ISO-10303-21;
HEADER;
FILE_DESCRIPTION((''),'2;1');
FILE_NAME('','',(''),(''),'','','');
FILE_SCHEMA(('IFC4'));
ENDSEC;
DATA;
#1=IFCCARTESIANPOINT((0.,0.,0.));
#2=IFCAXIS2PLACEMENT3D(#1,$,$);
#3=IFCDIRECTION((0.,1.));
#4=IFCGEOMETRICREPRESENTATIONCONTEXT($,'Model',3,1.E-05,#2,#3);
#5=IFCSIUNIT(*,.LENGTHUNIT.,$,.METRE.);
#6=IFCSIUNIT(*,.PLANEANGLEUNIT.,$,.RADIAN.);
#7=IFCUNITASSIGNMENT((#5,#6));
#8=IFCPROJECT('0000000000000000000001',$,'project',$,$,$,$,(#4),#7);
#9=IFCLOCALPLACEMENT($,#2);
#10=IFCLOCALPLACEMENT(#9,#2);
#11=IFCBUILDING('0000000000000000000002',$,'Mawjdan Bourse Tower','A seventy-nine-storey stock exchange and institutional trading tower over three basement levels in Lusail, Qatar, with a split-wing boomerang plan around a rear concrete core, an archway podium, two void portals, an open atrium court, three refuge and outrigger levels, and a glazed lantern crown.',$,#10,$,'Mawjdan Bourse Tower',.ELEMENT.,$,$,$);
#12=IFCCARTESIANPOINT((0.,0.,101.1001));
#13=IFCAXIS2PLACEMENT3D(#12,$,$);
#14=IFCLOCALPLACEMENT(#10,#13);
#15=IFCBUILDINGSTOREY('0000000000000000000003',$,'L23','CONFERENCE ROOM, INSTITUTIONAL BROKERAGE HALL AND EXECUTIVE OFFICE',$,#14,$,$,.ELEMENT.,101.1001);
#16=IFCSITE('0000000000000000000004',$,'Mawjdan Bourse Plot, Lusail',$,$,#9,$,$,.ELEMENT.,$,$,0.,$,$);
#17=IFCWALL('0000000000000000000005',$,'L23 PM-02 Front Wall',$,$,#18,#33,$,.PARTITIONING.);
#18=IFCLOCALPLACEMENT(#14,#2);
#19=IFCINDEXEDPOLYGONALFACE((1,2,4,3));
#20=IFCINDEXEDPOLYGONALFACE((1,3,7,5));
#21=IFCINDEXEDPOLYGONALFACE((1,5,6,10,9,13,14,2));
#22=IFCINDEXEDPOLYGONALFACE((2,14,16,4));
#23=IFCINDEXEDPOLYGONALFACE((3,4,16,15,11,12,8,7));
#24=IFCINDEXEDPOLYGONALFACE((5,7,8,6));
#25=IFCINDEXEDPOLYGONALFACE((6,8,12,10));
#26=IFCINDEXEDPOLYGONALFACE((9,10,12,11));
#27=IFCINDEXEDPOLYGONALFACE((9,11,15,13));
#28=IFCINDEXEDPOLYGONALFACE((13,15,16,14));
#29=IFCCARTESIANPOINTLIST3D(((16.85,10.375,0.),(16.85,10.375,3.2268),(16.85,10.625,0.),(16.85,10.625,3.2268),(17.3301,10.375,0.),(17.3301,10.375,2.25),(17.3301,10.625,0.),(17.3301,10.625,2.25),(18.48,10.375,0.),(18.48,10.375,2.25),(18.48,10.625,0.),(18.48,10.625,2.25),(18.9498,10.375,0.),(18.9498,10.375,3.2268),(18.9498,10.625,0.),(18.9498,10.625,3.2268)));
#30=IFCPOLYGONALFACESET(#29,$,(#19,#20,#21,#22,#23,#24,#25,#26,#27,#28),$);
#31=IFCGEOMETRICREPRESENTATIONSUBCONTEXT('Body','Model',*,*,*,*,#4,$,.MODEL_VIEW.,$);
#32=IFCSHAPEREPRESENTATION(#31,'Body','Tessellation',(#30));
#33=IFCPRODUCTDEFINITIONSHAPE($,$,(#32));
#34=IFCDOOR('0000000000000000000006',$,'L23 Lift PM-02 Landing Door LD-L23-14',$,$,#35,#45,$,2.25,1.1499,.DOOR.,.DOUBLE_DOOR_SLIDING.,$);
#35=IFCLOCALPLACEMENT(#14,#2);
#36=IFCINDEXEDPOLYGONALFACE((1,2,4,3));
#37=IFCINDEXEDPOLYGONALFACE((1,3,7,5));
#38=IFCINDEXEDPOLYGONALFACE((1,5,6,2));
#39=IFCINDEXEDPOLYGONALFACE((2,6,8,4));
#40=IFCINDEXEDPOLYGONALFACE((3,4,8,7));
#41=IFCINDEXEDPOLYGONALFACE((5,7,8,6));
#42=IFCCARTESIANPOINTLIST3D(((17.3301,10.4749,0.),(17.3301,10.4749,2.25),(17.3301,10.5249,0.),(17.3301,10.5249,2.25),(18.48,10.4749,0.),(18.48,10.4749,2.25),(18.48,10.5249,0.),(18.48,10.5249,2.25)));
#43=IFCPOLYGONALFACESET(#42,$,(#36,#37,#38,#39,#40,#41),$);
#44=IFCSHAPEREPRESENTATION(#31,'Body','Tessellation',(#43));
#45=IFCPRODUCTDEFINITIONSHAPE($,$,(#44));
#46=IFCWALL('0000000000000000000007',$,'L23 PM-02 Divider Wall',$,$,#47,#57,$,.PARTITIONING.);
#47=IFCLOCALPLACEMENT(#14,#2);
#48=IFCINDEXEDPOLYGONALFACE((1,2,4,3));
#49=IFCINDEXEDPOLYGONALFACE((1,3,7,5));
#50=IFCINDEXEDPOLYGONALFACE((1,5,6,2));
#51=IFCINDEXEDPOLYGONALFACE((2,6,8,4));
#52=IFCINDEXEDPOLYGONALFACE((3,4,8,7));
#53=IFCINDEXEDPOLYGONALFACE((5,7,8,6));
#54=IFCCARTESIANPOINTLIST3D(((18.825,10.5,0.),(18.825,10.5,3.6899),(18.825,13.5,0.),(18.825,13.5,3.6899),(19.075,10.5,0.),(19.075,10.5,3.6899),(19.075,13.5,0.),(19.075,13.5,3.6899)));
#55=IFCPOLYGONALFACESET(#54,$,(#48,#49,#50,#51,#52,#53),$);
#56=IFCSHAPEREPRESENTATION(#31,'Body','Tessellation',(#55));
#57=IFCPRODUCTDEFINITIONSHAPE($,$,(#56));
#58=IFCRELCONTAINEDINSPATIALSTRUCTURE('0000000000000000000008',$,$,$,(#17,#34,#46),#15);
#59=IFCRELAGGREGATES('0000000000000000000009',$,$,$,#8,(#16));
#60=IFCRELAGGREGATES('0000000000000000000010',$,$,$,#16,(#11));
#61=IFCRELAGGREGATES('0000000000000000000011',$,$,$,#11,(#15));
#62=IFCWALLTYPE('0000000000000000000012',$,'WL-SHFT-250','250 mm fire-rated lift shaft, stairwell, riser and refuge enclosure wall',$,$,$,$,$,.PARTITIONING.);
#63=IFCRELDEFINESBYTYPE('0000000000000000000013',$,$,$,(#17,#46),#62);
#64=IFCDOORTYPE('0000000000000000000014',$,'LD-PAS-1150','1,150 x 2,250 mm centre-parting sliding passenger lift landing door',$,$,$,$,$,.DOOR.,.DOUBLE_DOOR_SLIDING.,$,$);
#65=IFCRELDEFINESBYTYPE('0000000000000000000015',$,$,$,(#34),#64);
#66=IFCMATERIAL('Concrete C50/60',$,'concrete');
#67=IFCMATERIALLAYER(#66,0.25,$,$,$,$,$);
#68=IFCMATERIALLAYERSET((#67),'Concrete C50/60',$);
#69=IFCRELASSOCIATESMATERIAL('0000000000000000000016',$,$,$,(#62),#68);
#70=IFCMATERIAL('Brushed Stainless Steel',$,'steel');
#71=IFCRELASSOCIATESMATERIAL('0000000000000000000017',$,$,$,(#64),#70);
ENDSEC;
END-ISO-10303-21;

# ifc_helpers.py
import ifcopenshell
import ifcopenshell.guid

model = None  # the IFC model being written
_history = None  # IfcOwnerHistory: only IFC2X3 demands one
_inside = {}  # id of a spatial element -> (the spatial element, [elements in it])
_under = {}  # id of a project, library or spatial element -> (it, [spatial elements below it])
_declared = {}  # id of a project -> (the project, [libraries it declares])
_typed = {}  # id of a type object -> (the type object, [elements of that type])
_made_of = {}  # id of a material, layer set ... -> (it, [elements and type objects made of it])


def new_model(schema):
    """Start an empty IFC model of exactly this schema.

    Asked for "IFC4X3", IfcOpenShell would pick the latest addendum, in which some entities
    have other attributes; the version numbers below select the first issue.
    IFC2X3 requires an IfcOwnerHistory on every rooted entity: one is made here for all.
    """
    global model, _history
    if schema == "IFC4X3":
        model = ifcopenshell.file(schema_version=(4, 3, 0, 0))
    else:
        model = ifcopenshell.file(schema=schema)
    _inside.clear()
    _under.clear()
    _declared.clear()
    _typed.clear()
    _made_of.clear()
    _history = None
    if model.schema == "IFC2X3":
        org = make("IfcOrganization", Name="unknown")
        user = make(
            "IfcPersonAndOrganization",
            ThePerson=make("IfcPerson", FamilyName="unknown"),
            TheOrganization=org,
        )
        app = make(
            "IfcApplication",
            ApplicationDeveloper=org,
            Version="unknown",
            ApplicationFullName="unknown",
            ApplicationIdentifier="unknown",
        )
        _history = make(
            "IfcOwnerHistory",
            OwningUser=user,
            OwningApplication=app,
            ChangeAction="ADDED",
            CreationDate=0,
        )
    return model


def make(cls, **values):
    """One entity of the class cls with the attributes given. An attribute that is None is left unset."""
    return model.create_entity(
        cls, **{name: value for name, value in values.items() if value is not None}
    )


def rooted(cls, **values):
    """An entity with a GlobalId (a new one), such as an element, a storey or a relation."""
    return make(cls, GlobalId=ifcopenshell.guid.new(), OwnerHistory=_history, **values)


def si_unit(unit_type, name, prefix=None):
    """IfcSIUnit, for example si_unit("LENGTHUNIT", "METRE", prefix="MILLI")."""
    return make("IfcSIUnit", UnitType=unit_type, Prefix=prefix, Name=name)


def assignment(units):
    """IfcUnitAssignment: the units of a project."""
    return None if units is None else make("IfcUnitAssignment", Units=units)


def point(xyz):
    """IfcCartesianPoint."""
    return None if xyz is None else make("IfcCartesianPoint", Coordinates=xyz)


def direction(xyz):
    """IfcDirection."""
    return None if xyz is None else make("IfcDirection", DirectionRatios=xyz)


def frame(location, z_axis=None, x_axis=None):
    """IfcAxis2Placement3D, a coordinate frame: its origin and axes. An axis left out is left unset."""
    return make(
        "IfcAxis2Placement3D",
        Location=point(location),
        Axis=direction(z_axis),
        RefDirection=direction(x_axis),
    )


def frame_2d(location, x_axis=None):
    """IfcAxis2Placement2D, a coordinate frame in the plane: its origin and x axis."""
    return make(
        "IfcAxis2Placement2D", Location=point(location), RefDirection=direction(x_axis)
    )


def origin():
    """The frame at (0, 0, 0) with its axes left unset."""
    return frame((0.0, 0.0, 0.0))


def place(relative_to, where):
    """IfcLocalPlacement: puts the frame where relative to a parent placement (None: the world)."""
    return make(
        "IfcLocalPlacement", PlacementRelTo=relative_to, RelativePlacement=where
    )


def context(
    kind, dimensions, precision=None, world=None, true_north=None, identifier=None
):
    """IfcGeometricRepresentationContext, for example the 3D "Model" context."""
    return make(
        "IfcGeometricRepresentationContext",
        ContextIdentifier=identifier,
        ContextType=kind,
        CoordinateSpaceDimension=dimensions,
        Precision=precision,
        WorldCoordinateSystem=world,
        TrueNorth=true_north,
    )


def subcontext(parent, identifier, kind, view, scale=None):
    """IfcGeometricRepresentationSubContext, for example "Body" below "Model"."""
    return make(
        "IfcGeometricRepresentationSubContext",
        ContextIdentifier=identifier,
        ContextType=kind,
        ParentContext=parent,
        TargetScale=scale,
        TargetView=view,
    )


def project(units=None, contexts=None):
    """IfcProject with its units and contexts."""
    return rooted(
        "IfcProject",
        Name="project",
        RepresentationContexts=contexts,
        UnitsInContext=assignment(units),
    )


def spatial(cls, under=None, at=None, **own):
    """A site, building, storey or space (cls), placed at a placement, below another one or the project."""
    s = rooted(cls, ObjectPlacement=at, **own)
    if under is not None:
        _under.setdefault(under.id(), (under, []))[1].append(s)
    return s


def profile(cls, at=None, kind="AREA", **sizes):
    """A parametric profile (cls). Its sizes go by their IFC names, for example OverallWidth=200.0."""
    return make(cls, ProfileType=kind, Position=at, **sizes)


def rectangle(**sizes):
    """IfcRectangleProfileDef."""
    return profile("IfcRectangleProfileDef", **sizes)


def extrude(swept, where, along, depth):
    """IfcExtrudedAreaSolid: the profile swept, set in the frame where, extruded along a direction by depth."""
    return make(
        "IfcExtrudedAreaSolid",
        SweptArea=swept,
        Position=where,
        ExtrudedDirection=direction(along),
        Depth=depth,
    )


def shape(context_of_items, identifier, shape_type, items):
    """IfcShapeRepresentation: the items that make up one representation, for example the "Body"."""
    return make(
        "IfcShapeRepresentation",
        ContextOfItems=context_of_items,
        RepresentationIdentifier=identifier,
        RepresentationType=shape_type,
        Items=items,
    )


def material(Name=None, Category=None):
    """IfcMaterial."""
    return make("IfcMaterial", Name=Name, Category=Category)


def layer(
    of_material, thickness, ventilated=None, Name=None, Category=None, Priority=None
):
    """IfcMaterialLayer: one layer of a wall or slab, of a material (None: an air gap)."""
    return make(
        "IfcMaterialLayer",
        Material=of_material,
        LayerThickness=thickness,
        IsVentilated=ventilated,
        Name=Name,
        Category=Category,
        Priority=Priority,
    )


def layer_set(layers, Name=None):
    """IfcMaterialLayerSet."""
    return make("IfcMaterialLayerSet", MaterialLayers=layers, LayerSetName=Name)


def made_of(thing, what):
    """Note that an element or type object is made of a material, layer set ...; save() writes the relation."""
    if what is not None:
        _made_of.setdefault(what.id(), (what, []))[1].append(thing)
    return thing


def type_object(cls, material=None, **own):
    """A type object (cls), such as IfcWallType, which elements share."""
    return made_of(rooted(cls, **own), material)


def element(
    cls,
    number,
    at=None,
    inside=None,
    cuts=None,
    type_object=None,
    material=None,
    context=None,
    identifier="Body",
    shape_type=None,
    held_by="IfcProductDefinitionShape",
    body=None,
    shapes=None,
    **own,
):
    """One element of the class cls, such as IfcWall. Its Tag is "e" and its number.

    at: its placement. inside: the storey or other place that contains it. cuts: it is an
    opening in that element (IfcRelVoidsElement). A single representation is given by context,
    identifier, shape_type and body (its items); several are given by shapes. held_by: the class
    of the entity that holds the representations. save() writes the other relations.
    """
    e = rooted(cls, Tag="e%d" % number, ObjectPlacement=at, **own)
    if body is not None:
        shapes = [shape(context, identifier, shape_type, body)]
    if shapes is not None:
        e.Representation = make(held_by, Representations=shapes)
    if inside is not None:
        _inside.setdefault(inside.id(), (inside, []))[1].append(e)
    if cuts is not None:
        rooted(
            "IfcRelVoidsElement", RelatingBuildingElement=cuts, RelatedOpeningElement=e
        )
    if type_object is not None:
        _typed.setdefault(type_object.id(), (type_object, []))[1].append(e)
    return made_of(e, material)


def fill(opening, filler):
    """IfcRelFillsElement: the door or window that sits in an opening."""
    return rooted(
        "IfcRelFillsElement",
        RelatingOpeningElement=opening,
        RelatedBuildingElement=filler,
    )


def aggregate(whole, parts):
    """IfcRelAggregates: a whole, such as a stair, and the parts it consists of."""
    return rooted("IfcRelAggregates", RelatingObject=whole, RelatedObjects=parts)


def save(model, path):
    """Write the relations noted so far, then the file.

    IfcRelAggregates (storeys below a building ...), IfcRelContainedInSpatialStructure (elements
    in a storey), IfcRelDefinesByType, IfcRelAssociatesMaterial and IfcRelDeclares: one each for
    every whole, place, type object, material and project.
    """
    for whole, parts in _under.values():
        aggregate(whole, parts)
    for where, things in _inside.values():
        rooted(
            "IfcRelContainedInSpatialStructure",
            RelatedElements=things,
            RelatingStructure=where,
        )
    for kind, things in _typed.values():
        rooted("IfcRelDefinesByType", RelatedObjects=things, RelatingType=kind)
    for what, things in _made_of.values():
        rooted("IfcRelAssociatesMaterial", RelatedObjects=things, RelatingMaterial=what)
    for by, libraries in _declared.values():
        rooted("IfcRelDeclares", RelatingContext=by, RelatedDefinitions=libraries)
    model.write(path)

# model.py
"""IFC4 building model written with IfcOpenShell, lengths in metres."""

from ifc_helpers import new_model, si_unit, direction, frame, frame_2d, origin, place, context, subcontext, project, spatial, rectangle, extrude, material, layer, layer_set, type_object, element, fill, save


model = new_model("IFC4")

# Units and contexts
model_context = context("Model", 3, precision=1e-05, world=origin(), true_north=direction((0.0, 1.0)))
body_context = subcontext(model_context, "Body", "Model", "MODEL_VIEW")
ifc_project = project(units=[si_unit("LENGTHUNIT", "METRE"), si_unit("PLANEANGLEUNIT", "RADIAN")], contexts=[model_context])

# Site, building, storey
site_placement = place(None, origin())
site = spatial("IfcSite", under=ifc_project, at=site_placement, Name="Mawjdan Bourse Plot, Lusail", CompositionType="ELEMENT", RefElevation=0.0)
building_placement = place(site_placement, origin())
building = spatial("IfcBuilding", under=site, at=building_placement, Name="Mawjdan Bourse Tower", Description="A seventy-nine-storey stock exchange and institutional trading tower over three basement levels in Lusail, Qatar, with a split-wing boomerang plan around a rear concrete core, an archway podium, two void portals, an open atrium court, three refuge and outrigger levels, and a glazed lantern crown.", LongName="Mawjdan Bourse Tower", CompositionType="ELEMENT")
storey_placement = place(building_placement, frame((0.0, 0.0, 101.1001)))
storey = spatial("IfcBuildingStorey", under=building, at=storey_placement, Name="L23", Description="CONFERENCE ROOM, INSTITUTIONAL BROKERAGE HALL AND EXECUTIVE OFFICE", CompositionType="ELEMENT", Elevation=101.1001)

# Shared definitions
ifc_material_1 = material(Name="Concrete C50/60", Category="concrete")
ifc_layer_1 = layer(ifc_material_1, 0.25)
ifc_layer_set_1 = layer_set([ifc_layer_1], Name="Concrete C50/60")
wall_type_1 = type_object("IfcWallType", Name="WL-SHFT-250", Description="250 mm fire-rated lift shaft, stairwell, riser and refuge enclosure wall", PredefinedType="PARTITIONING", material=ifc_layer_set_1)

# Shared definitions
ifc_material_2 = material(Name="Brushed Stainless Steel", Category="steel")

# Shared definitions
door_type_1 = type_object("IfcDoorType", Name="LD-PAS-1150", Description="1,150 x 2,250 mm centre-parting sliding passenger lift landing door", OperationType="DOUBLE_DOOR_SLIDING", PredefinedType="DOOR", material=ifc_material_2)

# Wall, opening, door
wall_1_placement = place(storey_placement, frame((16.8501, 10.5, 0.0), z_axis=(0.0, 0.0, 1.0), x_axis=(1.0, 0.0, 0.0)))
wall_1 = element("IfcWall", 1, at=wall_1_placement, inside=storey, type_object=wall_type_1, Name="L23 PM-02 Front Wall", PredefinedType="PARTITIONING", context=body_context, shape_type="SweptSolid", body=[
    extrude(rectangle(XDim=2.0999, YDim=0.25, at=frame_2d((1.0498, 0.0))), origin(), (0.0, 0.0, 1.0), 3.2268),
])
opening_1_placement = place(wall_1_placement, frame((0.48, 0.0, 0.0)))
opening_1 = element("IfcOpeningElement", 2, at=opening_1_placement, cuts=wall_1, PredefinedType="OPENING", context=body_context, shape_type="SweptSolid", body=[
    extrude(rectangle(XDim=1.1499, YDim=2.25, at=frame_2d((0.575, 1.125))), frame((0.0, 0.135, 0.0), z_axis=(0.0, -1.0, 0.0), x_axis=(1.0, 0.0, 0.0)), (0.0, 0.0, 1.0), 0.27),
])
door_1_placement = place(opening_1_placement, origin())
door_1 = element("IfcDoor", 3, at=door_1_placement, inside=storey, type_object=door_type_1, Name="L23 Lift PM-02 Landing Door LD-L23-14", OperationType="DOUBLE_DOOR_SLIDING", OverallHeight=2.25, OverallWidth=1.1499, PredefinedType="DOOR", context=body_context, shape_type="SweptSolid", body=[
    extrude(rectangle(XDim=1.1499, YDim=2.25, at=frame_2d((0.575, 1.125))), frame((0.0, 0.0249, 0.0), z_axis=(0.0, -1.0, 0.0), x_axis=(1.0, 0.0, 0.0)), (0.0, 0.0, 1.0), 0.05),
])
fill(opening_1, door_1)

# Wall
wall_2_placement = place(storey_placement, frame((18.95, 10.5, 0.0), z_axis=(0.0, 0.0, 1.0), x_axis=(0.0, 1.0, 0.0)))
element("IfcWall", 4, at=wall_2_placement, inside=storey, type_object=wall_type_1, Name="L23 PM-02 Divider Wall", PredefinedType="PARTITIONING", context=body_context, shape_type="SweptSolid", body=[
    extrude(rectangle(XDim=3.0, YDim=0.25, at=frame_2d((1.5, 0.0))), origin(), (0.0, 0.0, 1.0), 3.6899),
])

save(model, "model.ifc")
